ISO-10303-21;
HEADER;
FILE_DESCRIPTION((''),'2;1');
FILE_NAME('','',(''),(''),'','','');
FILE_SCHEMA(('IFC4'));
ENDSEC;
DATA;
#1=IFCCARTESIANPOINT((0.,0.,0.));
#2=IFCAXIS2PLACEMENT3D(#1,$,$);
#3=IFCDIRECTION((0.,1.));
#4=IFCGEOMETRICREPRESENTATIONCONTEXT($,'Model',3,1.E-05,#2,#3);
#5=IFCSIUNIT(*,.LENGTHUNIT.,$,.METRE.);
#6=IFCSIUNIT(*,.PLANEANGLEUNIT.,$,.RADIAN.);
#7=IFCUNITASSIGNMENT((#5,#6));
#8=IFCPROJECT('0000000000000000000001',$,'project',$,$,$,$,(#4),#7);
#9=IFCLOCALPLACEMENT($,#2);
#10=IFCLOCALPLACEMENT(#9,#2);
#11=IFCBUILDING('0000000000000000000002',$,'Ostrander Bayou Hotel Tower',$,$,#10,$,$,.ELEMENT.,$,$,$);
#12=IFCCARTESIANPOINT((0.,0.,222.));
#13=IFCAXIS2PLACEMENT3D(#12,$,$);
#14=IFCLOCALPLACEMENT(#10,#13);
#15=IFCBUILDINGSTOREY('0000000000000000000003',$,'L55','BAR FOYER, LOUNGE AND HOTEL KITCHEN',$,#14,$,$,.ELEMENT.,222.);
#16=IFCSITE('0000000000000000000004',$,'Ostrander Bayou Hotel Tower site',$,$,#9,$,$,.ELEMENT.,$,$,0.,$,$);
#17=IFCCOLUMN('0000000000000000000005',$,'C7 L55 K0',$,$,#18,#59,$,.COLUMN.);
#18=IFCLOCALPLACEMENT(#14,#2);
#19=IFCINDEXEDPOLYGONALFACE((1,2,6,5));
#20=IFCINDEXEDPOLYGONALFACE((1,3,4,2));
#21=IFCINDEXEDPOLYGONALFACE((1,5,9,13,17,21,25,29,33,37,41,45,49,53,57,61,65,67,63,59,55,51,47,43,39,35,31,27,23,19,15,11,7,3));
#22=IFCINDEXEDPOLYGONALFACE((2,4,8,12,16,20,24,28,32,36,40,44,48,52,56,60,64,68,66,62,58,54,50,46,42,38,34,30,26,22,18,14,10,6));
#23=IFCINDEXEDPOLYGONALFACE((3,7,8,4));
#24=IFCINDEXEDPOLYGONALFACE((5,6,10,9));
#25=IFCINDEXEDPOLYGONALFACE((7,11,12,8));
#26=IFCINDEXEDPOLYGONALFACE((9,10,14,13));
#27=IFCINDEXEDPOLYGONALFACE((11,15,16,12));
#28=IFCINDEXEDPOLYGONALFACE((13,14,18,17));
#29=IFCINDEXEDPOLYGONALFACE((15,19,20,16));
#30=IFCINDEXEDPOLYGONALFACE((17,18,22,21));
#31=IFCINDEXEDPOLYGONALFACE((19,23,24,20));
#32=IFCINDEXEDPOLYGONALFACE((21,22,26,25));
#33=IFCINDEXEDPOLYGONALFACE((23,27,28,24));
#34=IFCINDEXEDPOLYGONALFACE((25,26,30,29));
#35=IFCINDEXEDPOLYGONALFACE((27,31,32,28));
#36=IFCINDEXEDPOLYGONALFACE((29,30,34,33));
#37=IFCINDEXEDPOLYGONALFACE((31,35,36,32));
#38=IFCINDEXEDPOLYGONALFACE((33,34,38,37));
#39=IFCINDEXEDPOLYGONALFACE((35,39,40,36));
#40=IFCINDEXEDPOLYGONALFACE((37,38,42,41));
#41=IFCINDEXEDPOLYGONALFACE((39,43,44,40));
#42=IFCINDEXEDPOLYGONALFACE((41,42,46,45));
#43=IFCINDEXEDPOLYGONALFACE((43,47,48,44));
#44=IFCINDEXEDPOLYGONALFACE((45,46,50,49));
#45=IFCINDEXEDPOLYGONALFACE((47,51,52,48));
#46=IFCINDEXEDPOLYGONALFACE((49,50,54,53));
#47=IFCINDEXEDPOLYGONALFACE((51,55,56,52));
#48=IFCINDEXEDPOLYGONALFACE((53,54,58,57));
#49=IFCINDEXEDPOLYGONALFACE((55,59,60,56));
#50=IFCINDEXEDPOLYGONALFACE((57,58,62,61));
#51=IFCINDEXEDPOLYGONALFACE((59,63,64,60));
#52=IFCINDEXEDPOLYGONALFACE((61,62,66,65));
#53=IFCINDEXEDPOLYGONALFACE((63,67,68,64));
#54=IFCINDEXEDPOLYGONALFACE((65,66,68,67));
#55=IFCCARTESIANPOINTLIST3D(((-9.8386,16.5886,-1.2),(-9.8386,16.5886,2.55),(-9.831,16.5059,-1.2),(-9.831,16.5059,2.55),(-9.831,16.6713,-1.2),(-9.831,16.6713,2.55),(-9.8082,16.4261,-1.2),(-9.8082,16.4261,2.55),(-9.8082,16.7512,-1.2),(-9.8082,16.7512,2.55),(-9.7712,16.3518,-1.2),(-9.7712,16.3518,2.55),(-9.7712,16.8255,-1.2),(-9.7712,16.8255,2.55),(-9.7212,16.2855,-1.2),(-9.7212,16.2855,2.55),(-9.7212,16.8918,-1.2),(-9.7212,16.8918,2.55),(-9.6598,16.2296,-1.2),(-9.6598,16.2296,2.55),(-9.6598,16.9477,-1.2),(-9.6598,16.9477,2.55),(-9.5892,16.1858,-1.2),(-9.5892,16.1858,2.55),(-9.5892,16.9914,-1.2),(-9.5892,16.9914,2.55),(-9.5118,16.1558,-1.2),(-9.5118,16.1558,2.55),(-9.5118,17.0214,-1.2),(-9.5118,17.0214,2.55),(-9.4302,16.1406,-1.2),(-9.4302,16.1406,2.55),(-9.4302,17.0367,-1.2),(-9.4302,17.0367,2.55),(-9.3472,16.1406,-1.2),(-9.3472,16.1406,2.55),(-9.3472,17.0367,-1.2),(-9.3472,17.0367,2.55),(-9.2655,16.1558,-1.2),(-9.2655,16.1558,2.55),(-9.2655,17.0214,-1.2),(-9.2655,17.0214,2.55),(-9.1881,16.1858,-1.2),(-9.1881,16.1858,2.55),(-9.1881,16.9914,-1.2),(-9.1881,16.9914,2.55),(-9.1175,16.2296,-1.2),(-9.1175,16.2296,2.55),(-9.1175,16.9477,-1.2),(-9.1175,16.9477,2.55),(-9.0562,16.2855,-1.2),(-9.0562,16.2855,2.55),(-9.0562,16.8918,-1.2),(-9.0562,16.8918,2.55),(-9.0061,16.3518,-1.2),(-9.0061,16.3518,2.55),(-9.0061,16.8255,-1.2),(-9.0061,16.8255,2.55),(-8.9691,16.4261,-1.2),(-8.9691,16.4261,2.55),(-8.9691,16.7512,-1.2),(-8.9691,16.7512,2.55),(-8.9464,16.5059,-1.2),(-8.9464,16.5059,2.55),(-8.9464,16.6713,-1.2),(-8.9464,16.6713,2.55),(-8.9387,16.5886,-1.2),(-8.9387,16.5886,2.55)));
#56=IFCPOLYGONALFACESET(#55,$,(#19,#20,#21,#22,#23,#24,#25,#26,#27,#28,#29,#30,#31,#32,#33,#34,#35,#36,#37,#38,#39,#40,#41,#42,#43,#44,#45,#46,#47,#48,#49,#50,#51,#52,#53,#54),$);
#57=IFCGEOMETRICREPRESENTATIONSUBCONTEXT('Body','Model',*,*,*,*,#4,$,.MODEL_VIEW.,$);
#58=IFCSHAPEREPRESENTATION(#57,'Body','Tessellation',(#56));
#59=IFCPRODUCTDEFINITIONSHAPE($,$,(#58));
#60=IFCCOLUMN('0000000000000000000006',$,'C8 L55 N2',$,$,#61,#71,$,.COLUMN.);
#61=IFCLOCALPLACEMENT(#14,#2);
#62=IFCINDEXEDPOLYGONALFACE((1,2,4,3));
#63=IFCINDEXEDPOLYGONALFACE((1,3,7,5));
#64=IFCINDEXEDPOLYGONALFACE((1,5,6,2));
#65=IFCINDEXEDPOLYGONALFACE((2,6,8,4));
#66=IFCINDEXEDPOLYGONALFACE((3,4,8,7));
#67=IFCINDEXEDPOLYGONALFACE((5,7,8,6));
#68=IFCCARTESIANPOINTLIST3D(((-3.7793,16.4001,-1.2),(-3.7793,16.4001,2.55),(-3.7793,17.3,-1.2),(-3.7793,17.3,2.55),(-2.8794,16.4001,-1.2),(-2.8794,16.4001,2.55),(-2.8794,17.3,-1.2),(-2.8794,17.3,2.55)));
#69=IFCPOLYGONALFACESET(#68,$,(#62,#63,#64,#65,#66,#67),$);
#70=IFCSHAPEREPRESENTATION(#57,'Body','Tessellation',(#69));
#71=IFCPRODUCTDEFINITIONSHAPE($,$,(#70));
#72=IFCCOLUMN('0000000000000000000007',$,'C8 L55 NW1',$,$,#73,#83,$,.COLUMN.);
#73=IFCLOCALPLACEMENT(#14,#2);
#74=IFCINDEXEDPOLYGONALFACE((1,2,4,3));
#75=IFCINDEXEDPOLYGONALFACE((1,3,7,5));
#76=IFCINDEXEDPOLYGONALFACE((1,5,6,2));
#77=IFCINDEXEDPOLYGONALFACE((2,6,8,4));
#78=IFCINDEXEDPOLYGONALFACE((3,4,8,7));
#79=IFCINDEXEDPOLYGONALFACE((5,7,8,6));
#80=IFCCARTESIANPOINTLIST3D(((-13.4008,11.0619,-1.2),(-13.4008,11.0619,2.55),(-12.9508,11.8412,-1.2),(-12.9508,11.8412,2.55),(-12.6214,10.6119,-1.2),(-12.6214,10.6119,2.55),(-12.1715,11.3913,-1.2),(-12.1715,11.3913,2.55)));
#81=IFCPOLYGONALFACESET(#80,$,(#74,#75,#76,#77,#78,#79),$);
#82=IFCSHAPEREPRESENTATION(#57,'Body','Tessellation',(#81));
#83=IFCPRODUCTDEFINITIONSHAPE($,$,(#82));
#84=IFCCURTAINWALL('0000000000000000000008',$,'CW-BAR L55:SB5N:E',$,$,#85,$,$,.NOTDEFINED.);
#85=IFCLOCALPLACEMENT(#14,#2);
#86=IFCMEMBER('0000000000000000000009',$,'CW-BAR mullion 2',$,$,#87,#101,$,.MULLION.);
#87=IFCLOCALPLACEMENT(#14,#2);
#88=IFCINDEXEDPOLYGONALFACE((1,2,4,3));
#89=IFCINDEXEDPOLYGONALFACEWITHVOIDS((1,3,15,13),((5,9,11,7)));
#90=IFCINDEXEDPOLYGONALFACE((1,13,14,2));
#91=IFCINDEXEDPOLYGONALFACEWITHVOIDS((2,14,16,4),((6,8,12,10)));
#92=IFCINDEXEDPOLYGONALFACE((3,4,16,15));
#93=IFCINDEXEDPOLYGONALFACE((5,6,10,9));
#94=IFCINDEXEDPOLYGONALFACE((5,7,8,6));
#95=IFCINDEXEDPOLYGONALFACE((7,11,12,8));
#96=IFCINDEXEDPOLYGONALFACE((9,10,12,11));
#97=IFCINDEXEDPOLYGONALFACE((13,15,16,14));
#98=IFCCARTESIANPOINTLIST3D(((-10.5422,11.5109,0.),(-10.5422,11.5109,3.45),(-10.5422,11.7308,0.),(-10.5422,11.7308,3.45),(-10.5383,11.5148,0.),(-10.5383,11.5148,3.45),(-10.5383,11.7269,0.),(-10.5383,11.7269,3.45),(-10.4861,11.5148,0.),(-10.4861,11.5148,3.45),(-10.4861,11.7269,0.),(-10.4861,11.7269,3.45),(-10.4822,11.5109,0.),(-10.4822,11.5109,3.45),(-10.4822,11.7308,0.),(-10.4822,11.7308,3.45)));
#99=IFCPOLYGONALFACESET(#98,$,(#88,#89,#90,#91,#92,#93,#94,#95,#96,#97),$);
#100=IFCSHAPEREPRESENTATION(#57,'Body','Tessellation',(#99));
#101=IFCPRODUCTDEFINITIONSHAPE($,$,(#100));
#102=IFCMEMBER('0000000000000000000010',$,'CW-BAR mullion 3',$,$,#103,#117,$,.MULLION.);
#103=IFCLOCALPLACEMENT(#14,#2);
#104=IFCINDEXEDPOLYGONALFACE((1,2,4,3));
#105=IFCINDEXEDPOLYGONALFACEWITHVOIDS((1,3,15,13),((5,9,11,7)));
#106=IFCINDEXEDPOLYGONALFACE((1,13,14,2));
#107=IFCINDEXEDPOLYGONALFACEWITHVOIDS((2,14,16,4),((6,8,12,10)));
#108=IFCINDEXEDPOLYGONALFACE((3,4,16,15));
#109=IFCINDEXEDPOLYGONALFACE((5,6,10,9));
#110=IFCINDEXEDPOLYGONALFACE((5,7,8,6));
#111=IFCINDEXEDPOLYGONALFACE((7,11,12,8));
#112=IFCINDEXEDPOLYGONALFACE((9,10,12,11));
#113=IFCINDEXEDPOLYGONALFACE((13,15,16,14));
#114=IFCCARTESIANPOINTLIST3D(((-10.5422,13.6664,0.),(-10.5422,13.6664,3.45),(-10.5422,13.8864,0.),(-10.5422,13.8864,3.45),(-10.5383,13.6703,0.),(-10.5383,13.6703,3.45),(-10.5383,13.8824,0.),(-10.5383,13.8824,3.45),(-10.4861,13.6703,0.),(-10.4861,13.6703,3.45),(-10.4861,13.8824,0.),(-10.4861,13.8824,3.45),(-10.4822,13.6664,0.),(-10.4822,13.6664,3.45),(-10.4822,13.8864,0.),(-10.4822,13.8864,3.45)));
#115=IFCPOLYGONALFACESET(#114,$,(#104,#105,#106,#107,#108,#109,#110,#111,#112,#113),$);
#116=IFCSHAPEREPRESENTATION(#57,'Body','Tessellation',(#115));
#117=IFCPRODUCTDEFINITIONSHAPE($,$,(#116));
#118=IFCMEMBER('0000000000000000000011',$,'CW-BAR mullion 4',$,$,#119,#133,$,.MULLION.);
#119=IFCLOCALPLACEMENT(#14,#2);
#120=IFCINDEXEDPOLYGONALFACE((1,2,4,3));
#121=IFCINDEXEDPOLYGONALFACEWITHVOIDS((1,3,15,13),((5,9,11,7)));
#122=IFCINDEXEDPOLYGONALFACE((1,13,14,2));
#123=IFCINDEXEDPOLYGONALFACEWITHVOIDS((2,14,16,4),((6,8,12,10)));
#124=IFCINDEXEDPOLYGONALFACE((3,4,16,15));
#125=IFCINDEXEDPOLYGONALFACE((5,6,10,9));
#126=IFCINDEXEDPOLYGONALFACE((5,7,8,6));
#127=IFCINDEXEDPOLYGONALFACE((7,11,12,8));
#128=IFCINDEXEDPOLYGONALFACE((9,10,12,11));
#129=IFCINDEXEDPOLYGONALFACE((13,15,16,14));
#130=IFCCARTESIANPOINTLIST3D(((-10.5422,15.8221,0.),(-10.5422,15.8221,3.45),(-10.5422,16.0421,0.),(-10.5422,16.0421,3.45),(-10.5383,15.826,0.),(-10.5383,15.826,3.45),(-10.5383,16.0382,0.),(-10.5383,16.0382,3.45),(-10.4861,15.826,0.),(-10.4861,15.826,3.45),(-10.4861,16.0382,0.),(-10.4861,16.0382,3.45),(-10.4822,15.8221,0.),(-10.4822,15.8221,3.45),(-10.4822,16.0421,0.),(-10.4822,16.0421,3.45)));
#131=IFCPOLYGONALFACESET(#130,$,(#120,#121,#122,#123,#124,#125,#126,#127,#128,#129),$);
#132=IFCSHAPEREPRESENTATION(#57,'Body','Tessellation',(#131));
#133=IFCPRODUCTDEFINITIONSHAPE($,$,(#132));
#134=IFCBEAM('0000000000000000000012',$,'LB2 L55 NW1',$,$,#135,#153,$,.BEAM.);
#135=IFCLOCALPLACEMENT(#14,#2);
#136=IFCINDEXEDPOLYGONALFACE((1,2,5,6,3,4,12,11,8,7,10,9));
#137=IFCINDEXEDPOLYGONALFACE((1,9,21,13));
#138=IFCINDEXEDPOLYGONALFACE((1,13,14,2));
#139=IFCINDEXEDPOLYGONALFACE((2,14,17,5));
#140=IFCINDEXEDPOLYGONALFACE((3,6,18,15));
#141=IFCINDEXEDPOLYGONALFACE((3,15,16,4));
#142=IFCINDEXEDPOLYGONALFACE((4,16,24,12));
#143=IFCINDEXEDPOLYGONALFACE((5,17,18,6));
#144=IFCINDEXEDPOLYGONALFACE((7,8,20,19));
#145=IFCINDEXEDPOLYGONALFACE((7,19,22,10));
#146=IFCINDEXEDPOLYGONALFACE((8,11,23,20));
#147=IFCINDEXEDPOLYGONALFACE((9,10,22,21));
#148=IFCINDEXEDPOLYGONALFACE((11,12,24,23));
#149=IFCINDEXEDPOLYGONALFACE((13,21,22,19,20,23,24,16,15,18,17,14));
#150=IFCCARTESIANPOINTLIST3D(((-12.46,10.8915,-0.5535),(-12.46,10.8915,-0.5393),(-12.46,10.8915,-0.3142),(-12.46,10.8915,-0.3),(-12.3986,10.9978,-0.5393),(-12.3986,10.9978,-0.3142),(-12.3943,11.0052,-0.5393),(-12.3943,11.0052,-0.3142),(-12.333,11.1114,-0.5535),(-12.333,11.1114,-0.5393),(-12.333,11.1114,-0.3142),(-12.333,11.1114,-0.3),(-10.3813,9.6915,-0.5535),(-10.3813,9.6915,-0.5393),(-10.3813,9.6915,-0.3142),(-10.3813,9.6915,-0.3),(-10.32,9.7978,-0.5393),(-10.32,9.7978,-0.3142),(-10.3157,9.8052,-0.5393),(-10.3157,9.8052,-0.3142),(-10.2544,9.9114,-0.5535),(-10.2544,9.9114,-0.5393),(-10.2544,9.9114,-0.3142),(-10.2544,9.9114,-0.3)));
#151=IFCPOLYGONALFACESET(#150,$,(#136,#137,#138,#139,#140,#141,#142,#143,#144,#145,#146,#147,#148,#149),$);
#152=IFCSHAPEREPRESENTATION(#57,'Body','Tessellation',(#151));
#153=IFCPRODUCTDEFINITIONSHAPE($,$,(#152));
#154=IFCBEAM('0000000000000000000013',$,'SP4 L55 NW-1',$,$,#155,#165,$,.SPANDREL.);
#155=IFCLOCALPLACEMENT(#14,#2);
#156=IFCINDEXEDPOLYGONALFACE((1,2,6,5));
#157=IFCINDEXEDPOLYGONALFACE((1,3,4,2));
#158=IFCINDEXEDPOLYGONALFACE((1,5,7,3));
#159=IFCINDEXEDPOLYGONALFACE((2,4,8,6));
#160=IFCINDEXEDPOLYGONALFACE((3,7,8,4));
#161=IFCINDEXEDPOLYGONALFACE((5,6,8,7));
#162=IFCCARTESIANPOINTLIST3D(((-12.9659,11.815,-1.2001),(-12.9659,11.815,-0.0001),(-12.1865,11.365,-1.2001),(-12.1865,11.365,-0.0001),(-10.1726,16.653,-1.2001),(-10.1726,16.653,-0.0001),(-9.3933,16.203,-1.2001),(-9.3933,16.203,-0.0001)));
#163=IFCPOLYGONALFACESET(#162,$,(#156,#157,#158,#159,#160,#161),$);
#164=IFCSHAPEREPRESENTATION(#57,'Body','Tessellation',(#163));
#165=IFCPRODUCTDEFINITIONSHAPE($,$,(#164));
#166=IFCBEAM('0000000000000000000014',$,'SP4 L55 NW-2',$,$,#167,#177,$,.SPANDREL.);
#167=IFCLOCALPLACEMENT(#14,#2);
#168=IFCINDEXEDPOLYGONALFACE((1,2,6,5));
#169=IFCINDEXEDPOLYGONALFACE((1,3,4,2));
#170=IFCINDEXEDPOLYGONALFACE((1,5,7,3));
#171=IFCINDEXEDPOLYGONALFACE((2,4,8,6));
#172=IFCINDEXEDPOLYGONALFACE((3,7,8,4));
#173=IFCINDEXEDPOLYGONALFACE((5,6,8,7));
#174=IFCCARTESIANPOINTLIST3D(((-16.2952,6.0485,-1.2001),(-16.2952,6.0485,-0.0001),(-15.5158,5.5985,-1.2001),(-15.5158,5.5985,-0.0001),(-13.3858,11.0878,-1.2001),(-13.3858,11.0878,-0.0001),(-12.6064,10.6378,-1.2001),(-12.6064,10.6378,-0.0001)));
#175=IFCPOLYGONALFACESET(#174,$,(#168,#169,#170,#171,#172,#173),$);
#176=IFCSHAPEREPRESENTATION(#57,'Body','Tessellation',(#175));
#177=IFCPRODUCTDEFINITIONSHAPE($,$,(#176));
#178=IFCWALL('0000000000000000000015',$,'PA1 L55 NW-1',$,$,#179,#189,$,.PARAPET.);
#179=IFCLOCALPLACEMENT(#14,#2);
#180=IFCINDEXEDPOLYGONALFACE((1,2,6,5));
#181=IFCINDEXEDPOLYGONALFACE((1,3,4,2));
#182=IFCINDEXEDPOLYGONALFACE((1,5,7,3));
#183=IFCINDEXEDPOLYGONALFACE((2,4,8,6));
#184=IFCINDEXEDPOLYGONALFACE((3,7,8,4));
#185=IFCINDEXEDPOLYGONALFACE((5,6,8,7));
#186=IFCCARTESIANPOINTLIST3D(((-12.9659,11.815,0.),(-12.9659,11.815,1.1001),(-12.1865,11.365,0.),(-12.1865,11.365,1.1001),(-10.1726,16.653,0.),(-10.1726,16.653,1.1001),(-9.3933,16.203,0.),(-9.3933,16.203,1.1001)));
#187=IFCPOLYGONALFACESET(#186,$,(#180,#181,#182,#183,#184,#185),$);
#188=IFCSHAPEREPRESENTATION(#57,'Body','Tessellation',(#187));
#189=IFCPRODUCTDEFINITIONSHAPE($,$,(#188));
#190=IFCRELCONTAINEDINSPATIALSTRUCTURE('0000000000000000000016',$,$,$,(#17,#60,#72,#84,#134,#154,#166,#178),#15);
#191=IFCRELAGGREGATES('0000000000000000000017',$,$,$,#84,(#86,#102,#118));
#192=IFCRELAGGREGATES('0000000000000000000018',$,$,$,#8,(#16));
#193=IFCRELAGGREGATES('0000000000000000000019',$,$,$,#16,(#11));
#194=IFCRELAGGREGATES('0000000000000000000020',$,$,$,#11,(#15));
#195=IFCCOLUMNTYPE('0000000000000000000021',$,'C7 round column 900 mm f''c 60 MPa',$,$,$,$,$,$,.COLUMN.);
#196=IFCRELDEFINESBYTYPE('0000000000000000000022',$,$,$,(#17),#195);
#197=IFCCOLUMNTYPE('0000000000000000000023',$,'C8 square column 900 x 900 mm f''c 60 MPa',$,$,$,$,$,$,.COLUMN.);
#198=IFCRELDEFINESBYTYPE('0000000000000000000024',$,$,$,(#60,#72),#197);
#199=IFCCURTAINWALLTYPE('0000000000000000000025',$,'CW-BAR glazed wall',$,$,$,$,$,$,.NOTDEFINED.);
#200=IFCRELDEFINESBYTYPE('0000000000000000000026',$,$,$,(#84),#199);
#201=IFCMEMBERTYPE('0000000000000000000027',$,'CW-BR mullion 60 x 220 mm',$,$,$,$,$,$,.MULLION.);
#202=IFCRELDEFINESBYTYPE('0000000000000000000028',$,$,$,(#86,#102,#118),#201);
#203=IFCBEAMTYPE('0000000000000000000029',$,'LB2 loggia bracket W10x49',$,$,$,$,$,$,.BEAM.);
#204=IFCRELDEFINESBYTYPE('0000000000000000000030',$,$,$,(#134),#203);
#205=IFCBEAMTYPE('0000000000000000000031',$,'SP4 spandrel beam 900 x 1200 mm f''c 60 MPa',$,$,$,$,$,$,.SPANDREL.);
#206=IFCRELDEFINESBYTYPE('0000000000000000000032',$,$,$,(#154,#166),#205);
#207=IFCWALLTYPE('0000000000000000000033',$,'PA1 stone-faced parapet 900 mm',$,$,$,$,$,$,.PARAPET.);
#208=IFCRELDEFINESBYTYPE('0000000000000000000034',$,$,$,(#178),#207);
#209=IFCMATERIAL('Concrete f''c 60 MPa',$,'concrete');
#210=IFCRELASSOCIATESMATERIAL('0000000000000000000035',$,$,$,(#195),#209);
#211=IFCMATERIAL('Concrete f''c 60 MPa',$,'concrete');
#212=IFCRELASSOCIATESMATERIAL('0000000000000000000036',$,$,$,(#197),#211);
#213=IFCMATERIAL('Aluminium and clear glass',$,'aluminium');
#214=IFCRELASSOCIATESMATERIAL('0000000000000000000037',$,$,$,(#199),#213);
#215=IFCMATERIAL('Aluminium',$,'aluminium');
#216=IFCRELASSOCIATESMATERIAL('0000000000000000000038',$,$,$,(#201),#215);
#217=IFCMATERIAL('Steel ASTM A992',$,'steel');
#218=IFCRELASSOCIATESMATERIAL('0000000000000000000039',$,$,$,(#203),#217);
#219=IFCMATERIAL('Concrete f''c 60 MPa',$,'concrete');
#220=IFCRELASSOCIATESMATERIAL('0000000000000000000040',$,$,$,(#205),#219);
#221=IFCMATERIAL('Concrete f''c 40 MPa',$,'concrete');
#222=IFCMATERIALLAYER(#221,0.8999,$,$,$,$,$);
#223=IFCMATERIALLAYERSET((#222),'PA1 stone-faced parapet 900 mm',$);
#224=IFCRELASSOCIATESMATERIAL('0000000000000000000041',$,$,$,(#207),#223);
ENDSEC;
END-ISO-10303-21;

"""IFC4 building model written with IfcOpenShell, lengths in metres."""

from ifc_helpers import new_model, si_unit, direction, frame, frame_2d, origin, origin_2d, place, context, subcontext, project, spatial, rectangle, hollow_rectangle, circle, i_section, extrude, material, layer, layer_set, material_profile, profile_set, type_object, element, aggregate, save


model = new_model("IFC4")

# Units and contexts
model_context = context("Model", 3, precision=1e-05, world=origin(), true_north=direction((0.0, 1.0)))
body_context = subcontext(model_context, "Body", "Model", "MODEL_VIEW")
ifc_project = project(units=[si_unit("LENGTHUNIT", "METRE"), si_unit("PLANEANGLEUNIT", "RADIAN")], contexts=[model_context])

# Site, building, storey
site_placement = place(None, origin())
site = spatial("IfcSite", under=ifc_project, at=site_placement, Name="Ostrander Bayou Hotel Tower site", CompositionType="ELEMENT", RefElevation=0.0)
building_placement = place(site_placement, origin())
building = spatial("IfcBuilding", under=site, at=building_placement, Name="Ostrander Bayou Hotel Tower", CompositionType="ELEMENT")
storey_placement = place(building_placement, frame((0.0, 0.0, 222.0)))
storey = spatial("IfcBuildingStorey", under=building, at=storey_placement, Name="L55", Description="BAR FOYER, LOUNGE AND HOTEL KITCHEN", CompositionType="ELEMENT", Elevation=222.0)

# Columns
ifc_material_1 = material(Name="Concrete f'c 60 MPa", Category="concrete")
ifc_material_profile_1 = material_profile(ifc_material_1, circle(Radius=0.45, at=origin_2d()))
ifc_profile_set_1 = profile_set([ifc_material_profile_1], Name="Concrete f'c 60 MPa")
column_type_1 = type_object("IfcColumnType", Name="C7 round column 900 mm f'c 60 MPa", PredefinedType="COLUMN", material=ifc_profile_set_1)
column_placement = place(storey_placement, frame((-9.3887, 16.5886, -1.2), z_axis=(0.0, 0.0, 1.0), x_axis=(1.0, 0.0, 0.0)))
element("IfcColumn", 1, at=column_placement, inside=storey, type_object=column_type_1, Name="C7 L55 K0", PredefinedType="COLUMN", context=body_context, shape_type="SweptSolid", body=[
    extrude(circle(Radius=0.45, at=origin_2d()), origin(), (0.0, 0.0, 1.0), 3.75),
])
ifc_material_2 = material(Name="Concrete f'c 60 MPa", Category="concrete")
ifc_material_profile_2 = material_profile(ifc_material_2, rectangle(XDim=0.8999, YDim=0.8999, at=origin_2d()))
ifc_profile_set_2 = profile_set([ifc_material_profile_2], Name="Concrete f'c 60 MPa")
column_type_2 = type_object("IfcColumnType", Name="C8 square column 900 x 900 mm f'c 60 MPa", PredefinedType="COLUMN", material=ifc_profile_set_2)
for number, where, z_axis, x_axis, name in (
    (2, (-3.3293, 16.8501, -1.2), (0.0, 0.0, 1.0), (1.0, 0.0, 0.0), "C8 L55 N2"),
    (3, (-12.7861, 11.2266, -1.2), (0.0, 0.0, 1.0), (0.5, 0.866025, 0.0), "C8 L55 NW1"),
):
    element("IfcColumn", number, at=place(storey_placement, frame(where, z_axis=z_axis, x_axis=x_axis)), inside=storey, type_object=column_type_2, Name=name, PredefinedType="COLUMN", context=body_context, shape_type="SweptSolid", body=[
        extrude(rectangle(XDim=0.8999, YDim=0.8999, at=origin_2d()), origin(), (0.0, 0.0, 1.0), 3.75),
    ])

# Curtain wall, members
ifc_material_3 = material(Name="Aluminium and clear glass", Category="aluminium")
curtain_wall_type = type_object("IfcCurtainWallType", Name="CW-BAR glazed wall", PredefinedType="NOTDEFINED", material=ifc_material_3)
curtain_wall_placement = place(storey_placement, origin())
curtain_wall = element("IfcCurtainWall", 4, at=curtain_wall_placement, inside=storey, type_object=curtain_wall_type, Name="CW-BAR L55:SB5N:E", PredefinedType="NOTDEFINED")
ifc_material_4 = material(Name="Aluminium", Category="aluminium")
ifc_material_profile_3 = material_profile(ifc_material_4, hollow_rectangle(XDim=0.0601, YDim=0.22, WallThickness=0.0039, at=origin_2d()))
ifc_profile_set_3 = profile_set([ifc_material_profile_3], Name="Aluminium")
member_type = type_object("IfcMemberType", Name="CW-BR mullion 60 x 220 mm", PredefinedType="MULLION", material=ifc_profile_set_3)
member_1_placement = place(storey_placement, frame((-10.5122, 11.6208, 0.0), z_axis=(0.0, 0.0, 1.0), x_axis=(-1.0, 0.0, 0.0)))
member_1 = element("IfcMember", 5, at=member_1_placement, type_object=member_type, Name="CW-BAR mullion 2", PredefinedType="MULLION", context=body_context, shape_type="SweptSolid", body=[
    extrude(hollow_rectangle(XDim=0.0601, YDim=0.22, WallThickness=0.0039, at=origin_2d()), origin(), (0.0, 0.0, 1.0), 3.45),
])
member_2_placement = place(storey_placement, frame((-10.5122, 13.7764, 0.0), z_axis=(0.0, 0.0, 1.0), x_axis=(-1.0, 0.0, 0.0)))
member_2 = element("IfcMember", 6, at=member_2_placement, type_object=member_type, Name="CW-BAR mullion 3", PredefinedType="MULLION", context=body_context, shape_type="SweptSolid", body=[
    extrude(hollow_rectangle(XDim=0.0601, YDim=0.22, WallThickness=0.0039, at=origin_2d()), origin(), (0.0, 0.0, 1.0), 3.45),
])
member_3_placement = place(storey_placement, frame((-10.5122, 15.9321, 0.0), z_axis=(0.0, 0.0, 1.0), x_axis=(-1.0, 0.0, 0.0)))
member_3 = element("IfcMember", 7, at=member_3_placement, type_object=member_type, Name="CW-BAR mullion 4", PredefinedType="MULLION", context=body_context, shape_type="SweptSolid", body=[
    extrude(hollow_rectangle(XDim=0.0601, YDim=0.22, WallThickness=0.0039, at=origin_2d()), origin(), (0.0, 0.0, 1.0), 3.45),
])
aggregate(curtain_wall, [member_1, member_2, member_3])

# Beams
ifc_material_5 = material(Name="Steel ASTM A992", Category="steel")
ifc_material_profile_4 = material_profile(ifc_material_5, i_section(OverallWidth=0.2539, OverallDepth=0.2534, WebThickness=0.0085, FlangeThickness=0.0142, at=origin_2d()))
ifc_profile_set_4 = profile_set([ifc_material_profile_4], Name="Steel ASTM A992")
beam_type_1 = type_object("IfcBeamType", Name="LB2 loggia bracket W10x49", PredefinedType="BEAM", material=ifc_profile_set_4)
beam_1_placement = place(storey_placement, frame((-12.3965, 11.0015, -0.4268), z_axis=(0.86605, -0.499957, 0.0), x_axis=(0.499957, 0.86605, 0.0)))
element("IfcBeam", 8, at=beam_1_placement, inside=storey, type_object=beam_type_1, Name="LB2 L55 NW1", PredefinedType="BEAM", context=body_context, shape_type="SweptSolid", body=[
    extrude(i_section(OverallWidth=0.2539, OverallDepth=0.2534, WebThickness=0.0085, FlangeThickness=0.0142, at=origin_2d()), origin(), (0.0, 0.0, 1.0), 2.4001),
])
ifc_material_6 = material(Name="Concrete f'c 60 MPa", Category="concrete")
ifc_material_profile_5 = material_profile(ifc_material_6, rectangle(XDim=0.8999, YDim=1.2, at=origin_2d()))
ifc_profile_set_5 = profile_set([ifc_material_profile_5], Name="Concrete f'c 60 MPa")
beam_type_2 = type_object("IfcBeamType", Name="SP4 spandrel beam 900 x 1200 mm f'c 60 MPa", PredefinedType="SPANDREL", material=ifc_profile_set_5)
beam_2_placement = place(storey_placement, frame((-9.783, 16.428, -0.6001), z_axis=(-0.500007, -0.866021, 0.0), x_axis=(0.866021, -0.500007, 0.0)))
element("IfcBeam", 9, at=beam_2_placement, inside=storey, type_object=beam_type_2, Name="SP4 L55 NW-1", PredefinedType="SPANDREL", context=body_context, shape_type="SweptSolid", body=[
    extrude(rectangle(XDim=0.8999, YDim=1.2, at=origin_2d()), origin(), (0.0, 0.0, 1.0), 5.5864),
])
beam_3_placement = place(storey_placement, frame((-12.9961, 10.8628, -0.6001), z_axis=(-0.499997, -0.866027, 0.0), x_axis=(0.866027, -0.499997, 0.0)))
element("IfcBeam", 10, at=beam_3_placement, inside=storey, type_object=beam_type_2, Name="SP4 L55 NW-2", PredefinedType="SPANDREL", context=body_context, shape_type="SweptSolid", body=[
    extrude(rectangle(XDim=0.8999, YDim=1.2, at=origin_2d()), origin(), (0.0, 0.0, 1.0), 5.8188),
])

# Wall
ifc_material_7 = material(Name="Concrete f'c 40 MPa", Category="concrete")
ifc_layer_1 = layer(ifc_material_7, 0.8999)
ifc_layer_set_1 = layer_set([ifc_layer_1], Name="PA1 stone-faced parapet 900 mm")
wall_type_1 = type_object("IfcWallType", Name="PA1 stone-faced parapet 900 mm", PredefinedType="PARAPET", material=ifc_layer_set_1)
wall_1_placement = place(storey_placement, frame((-9.783, 16.428, 0.0), z_axis=(0.0, 0.0, 1.0), x_axis=(-0.500007, -0.866021, 0.0)))
element("IfcWall", 11, at=wall_1_placement, inside=storey, type_object=wall_type_1, Name="PA1 L55 NW-1", PredefinedType="PARAPET", context=body_context, shape_type="SweptSolid", body=[
    extrude(rectangle(XDim=5.5864, YDim=0.8999, at=frame_2d((2.7932, 0.0))), origin(), (0.0, 0.0, 1.0), 1.1001),
])

save(model, "model.ifc")
